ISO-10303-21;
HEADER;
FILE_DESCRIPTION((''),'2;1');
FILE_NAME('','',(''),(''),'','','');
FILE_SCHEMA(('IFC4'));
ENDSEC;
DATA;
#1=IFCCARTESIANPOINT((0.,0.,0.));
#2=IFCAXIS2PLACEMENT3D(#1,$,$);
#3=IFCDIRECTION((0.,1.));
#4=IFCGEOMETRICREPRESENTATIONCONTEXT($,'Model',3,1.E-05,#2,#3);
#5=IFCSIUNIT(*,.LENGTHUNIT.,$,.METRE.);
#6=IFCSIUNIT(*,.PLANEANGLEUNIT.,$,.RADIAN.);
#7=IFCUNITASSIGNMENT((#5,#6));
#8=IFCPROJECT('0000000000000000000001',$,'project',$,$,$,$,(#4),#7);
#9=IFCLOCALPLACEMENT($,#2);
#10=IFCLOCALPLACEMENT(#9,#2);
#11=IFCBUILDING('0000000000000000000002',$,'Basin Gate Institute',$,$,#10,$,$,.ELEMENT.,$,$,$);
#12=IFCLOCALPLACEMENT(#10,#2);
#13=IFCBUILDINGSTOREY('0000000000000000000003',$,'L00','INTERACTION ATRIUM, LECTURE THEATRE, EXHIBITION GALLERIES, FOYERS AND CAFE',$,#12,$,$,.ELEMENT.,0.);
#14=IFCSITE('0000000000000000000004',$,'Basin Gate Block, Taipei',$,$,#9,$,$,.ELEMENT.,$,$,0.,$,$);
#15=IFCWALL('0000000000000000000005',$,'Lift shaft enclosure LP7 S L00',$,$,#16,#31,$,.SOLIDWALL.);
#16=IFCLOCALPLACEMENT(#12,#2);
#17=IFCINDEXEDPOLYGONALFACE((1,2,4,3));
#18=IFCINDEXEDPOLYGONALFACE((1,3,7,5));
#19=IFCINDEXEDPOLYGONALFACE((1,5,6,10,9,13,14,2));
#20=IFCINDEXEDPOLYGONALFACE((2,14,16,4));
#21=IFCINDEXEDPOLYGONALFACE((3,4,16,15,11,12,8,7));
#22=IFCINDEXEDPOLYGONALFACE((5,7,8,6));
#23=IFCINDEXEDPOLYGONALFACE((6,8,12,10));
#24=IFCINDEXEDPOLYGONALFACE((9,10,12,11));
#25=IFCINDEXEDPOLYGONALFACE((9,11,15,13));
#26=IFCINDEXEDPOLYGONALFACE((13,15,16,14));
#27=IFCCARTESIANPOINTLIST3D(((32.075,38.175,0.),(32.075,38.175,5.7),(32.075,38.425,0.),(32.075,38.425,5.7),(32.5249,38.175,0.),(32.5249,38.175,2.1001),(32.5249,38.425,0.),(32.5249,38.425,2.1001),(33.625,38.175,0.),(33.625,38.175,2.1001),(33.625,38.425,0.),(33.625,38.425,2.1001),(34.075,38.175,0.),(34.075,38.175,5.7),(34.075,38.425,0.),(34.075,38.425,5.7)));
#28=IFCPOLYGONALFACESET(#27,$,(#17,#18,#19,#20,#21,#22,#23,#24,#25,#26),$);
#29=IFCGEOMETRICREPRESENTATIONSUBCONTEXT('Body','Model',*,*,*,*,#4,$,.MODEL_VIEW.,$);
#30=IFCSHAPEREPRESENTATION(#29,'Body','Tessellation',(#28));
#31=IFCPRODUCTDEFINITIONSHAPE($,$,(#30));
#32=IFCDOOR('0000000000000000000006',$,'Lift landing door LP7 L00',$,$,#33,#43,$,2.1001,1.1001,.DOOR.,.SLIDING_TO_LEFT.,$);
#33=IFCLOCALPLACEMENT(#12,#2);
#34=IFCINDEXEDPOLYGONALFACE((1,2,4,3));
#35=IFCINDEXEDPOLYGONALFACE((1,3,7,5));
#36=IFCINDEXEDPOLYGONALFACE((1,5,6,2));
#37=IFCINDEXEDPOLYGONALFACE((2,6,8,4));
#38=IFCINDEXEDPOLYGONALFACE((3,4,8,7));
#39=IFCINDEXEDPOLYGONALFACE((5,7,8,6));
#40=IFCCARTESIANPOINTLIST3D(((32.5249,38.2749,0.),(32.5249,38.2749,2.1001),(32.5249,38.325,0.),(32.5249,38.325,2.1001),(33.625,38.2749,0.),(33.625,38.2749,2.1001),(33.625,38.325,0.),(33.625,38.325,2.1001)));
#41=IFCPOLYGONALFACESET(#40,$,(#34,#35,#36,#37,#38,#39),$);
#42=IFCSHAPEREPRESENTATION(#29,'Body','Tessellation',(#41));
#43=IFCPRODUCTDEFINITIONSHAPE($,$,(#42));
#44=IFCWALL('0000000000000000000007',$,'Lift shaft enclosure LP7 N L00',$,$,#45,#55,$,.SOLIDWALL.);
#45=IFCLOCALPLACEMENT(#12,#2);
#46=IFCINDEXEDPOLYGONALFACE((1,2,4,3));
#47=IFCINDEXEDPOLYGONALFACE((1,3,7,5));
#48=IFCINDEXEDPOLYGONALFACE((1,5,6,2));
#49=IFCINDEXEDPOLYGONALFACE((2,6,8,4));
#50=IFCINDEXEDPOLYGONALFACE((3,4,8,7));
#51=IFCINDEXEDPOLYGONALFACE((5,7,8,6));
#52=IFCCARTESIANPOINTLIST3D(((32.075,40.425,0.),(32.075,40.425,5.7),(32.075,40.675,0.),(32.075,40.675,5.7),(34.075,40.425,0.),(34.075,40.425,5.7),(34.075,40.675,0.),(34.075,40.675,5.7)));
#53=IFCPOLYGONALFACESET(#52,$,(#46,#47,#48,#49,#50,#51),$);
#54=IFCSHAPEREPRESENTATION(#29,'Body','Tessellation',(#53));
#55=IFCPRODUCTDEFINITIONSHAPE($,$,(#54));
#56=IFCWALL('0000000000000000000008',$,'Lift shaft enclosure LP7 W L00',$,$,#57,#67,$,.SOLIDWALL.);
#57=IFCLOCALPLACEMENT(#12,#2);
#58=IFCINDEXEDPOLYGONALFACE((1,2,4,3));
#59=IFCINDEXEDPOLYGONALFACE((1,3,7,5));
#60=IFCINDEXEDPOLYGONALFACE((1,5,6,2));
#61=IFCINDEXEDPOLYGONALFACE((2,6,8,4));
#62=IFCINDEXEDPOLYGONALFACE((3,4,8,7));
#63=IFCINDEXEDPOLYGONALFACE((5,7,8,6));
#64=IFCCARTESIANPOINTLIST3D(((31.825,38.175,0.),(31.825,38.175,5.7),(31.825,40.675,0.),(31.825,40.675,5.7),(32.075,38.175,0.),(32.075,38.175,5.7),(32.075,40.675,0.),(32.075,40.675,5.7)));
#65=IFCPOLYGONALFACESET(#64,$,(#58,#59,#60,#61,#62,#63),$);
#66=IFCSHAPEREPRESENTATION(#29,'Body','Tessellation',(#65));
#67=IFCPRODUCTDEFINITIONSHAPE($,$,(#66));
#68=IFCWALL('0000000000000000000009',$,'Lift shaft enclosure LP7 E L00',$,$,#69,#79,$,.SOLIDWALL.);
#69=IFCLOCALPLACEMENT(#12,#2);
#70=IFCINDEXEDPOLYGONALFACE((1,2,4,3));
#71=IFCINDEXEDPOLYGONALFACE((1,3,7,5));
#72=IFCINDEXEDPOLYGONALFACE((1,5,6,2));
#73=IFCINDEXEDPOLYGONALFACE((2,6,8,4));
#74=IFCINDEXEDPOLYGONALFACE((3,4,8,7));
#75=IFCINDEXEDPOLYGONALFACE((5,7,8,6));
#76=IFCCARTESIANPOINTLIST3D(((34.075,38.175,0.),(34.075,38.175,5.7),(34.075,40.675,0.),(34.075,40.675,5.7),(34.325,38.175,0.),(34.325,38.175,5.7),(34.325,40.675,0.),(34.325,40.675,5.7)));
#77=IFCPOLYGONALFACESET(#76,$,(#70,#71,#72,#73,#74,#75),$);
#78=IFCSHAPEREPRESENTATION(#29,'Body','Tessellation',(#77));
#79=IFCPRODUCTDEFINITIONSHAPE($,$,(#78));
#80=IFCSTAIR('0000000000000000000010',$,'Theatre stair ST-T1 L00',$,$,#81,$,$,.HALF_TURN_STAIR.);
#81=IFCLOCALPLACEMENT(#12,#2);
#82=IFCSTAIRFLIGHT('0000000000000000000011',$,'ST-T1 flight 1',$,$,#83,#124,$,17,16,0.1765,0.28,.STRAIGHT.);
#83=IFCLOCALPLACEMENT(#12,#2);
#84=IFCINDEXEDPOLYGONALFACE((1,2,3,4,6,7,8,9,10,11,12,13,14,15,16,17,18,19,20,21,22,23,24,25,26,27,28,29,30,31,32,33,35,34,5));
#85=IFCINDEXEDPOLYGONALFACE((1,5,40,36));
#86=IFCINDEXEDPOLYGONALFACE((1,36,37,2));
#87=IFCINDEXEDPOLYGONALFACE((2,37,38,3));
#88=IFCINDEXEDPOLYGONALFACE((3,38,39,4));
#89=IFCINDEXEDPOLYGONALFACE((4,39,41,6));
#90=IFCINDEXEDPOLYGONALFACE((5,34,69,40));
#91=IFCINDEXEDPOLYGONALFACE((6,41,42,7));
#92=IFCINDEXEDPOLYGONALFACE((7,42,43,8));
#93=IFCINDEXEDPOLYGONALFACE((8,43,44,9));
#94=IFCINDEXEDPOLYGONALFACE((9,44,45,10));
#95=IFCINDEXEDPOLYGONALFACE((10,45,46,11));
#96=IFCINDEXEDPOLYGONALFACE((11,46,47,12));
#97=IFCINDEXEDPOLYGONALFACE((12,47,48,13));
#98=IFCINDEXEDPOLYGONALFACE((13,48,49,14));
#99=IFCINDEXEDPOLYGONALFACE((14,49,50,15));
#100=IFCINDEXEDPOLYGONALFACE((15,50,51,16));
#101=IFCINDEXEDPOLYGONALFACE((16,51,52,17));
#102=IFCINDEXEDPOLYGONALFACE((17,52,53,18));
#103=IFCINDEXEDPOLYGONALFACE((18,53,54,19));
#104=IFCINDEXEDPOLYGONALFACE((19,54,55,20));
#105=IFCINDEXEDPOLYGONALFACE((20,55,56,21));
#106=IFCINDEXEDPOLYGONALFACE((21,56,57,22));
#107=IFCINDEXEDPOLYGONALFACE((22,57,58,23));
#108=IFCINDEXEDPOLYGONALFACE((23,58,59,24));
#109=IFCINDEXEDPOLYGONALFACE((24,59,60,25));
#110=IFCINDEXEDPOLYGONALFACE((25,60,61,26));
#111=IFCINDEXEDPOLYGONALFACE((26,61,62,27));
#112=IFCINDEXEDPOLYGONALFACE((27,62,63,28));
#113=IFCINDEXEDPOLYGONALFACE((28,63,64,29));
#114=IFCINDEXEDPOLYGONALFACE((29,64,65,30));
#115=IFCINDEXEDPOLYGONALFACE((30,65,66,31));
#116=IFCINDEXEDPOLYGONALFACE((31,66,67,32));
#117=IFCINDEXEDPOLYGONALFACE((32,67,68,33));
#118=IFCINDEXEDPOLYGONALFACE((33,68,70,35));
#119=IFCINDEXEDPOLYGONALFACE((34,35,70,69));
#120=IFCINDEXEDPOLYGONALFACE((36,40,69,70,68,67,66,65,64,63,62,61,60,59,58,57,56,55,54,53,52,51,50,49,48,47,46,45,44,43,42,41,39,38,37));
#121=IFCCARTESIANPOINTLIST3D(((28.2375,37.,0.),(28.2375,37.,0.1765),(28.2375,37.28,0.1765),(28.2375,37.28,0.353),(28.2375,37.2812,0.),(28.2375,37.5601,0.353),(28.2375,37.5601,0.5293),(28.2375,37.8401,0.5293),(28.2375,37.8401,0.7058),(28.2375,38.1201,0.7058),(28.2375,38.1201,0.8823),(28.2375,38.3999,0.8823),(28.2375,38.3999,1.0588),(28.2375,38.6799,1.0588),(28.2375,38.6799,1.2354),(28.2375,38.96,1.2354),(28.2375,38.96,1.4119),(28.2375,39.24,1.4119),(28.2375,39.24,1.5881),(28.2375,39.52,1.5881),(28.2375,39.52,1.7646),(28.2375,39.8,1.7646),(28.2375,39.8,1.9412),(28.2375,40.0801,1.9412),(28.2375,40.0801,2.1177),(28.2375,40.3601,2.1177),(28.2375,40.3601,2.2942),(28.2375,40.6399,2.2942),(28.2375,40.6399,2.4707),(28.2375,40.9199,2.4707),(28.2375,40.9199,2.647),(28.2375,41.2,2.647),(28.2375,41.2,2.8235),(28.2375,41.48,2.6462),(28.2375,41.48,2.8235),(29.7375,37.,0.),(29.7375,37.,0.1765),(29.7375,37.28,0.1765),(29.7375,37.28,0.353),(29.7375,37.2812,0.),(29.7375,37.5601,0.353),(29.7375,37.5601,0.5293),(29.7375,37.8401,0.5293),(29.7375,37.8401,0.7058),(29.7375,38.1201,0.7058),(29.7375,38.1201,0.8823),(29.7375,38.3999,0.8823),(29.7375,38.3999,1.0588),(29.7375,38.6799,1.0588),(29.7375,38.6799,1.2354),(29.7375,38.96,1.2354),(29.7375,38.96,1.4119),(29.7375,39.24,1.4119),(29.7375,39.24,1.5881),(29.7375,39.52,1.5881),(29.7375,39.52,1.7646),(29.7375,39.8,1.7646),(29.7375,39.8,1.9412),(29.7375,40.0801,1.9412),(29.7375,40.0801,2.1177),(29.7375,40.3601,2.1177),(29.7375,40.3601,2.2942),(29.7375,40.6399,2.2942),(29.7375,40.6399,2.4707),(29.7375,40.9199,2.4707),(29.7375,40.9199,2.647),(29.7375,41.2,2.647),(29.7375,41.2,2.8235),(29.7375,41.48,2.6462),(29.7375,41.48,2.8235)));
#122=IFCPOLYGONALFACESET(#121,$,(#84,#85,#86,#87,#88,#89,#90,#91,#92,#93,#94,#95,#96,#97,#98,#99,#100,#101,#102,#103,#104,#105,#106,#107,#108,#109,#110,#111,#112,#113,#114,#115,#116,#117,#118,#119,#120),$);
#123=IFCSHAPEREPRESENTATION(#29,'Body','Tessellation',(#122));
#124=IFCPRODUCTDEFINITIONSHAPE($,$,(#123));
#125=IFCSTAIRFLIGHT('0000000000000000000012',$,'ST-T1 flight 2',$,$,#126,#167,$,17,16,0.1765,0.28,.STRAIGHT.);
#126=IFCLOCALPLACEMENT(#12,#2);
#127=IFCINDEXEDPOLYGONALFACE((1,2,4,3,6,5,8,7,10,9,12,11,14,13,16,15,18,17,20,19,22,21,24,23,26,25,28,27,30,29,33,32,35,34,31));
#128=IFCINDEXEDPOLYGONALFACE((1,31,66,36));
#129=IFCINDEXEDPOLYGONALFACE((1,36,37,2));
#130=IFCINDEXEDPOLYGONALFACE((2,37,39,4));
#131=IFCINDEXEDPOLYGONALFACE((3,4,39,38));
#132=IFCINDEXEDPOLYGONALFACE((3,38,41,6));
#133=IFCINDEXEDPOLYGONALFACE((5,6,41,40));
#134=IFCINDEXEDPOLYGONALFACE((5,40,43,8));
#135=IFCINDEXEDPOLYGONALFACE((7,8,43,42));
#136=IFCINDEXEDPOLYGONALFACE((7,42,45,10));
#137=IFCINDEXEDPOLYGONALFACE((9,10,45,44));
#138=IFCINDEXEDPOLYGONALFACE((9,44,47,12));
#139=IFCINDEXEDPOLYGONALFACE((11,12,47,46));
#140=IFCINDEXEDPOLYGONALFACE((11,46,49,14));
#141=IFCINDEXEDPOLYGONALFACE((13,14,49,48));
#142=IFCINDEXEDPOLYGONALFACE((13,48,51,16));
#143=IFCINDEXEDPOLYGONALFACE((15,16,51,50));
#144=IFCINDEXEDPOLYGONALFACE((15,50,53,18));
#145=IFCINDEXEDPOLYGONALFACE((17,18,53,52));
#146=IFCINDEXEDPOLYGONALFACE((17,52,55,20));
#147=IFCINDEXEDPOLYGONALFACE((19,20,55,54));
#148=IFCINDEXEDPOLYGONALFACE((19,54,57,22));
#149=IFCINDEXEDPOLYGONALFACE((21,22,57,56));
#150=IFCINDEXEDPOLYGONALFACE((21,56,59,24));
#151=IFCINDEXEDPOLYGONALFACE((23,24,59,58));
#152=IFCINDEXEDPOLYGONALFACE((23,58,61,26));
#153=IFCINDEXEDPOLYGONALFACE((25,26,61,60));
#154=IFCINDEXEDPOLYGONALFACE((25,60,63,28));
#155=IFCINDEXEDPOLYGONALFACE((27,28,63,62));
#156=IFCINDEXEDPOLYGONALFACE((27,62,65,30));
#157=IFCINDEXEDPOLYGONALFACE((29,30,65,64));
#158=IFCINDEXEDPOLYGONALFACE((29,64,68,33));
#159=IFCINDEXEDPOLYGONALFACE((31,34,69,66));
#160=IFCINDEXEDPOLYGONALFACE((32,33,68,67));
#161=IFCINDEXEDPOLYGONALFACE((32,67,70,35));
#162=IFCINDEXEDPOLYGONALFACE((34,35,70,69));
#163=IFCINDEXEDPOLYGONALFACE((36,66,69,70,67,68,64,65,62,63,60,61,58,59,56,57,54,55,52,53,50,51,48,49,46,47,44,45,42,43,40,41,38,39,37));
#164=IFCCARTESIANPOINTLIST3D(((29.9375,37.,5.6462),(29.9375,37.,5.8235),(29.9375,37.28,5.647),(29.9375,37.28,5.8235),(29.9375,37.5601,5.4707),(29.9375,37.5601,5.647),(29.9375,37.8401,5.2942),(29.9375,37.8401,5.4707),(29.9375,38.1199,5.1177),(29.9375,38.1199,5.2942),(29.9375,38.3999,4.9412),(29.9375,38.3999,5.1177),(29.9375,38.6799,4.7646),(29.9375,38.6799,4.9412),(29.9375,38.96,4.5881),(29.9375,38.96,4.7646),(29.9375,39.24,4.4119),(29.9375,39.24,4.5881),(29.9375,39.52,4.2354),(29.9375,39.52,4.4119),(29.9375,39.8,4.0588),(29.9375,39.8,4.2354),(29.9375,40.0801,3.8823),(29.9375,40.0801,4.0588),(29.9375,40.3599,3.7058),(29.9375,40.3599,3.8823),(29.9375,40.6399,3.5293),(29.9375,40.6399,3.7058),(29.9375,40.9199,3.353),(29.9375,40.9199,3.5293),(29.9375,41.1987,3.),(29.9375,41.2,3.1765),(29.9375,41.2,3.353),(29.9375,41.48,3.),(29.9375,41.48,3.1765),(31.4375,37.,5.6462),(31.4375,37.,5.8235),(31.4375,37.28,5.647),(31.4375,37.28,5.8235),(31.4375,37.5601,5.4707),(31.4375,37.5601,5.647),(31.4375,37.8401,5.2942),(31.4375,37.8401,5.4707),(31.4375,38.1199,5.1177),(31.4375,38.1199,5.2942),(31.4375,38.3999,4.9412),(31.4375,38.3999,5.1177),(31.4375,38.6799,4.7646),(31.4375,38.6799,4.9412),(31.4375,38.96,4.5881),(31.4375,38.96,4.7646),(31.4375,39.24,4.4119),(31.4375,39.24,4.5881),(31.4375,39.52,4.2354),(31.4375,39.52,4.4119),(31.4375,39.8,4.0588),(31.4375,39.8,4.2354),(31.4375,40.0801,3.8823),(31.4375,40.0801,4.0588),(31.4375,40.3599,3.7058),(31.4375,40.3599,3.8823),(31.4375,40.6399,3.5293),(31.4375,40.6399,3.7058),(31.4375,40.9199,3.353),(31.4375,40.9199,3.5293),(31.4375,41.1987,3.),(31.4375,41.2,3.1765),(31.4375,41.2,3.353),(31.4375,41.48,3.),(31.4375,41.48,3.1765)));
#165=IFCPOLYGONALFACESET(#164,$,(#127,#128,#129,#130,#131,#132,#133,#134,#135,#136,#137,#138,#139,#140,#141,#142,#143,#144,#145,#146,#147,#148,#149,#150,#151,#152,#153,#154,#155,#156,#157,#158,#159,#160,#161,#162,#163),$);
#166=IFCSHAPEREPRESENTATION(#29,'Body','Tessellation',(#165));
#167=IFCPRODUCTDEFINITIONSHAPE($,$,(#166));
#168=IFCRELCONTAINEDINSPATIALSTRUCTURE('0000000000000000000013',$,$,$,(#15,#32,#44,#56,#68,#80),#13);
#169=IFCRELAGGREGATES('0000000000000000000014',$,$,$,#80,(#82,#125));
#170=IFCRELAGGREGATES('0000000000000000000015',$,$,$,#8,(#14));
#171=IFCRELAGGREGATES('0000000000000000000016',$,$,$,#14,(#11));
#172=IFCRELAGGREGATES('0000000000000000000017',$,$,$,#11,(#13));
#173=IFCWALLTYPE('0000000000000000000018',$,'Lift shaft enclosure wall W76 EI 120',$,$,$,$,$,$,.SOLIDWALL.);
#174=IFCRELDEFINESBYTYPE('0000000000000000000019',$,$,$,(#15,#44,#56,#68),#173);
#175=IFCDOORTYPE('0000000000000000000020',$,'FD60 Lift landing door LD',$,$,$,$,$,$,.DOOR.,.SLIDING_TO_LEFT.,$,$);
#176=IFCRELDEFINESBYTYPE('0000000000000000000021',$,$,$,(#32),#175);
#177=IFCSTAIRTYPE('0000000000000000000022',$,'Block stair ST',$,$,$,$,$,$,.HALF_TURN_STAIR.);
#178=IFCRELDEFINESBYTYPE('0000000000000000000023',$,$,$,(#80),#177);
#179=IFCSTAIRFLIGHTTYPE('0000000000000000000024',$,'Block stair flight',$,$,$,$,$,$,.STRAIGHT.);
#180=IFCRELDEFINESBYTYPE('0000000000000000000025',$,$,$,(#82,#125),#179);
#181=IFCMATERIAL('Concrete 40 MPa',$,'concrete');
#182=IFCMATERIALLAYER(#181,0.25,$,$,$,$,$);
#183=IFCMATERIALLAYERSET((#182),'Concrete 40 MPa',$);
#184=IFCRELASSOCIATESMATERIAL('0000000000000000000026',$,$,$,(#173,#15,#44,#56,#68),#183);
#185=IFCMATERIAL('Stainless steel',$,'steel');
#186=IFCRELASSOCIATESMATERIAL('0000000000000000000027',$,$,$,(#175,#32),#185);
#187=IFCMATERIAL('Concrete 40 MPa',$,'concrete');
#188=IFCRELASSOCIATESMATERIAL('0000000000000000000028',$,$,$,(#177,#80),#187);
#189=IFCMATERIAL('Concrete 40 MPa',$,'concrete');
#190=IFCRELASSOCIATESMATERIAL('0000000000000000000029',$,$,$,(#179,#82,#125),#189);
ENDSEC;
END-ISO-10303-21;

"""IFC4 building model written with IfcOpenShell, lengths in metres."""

from ifc_helpers import new_model, si_unit, direction, frame, frame_2d, origin, place, context, subcontext, project, spatial, polyline, rectangle, outline, extrude, material, layer, layer_set, type_object, element, fill, aggregate, save


model = new_model("IFC4")

# Units and contexts
model_context = context("Model", 3, precision=1e-05, world=origin(), true_north=direction((0.0, 1.0)))
body_context = subcontext(model_context, "Body", "Model", "MODEL_VIEW")
ifc_project = project(units=[si_unit("LENGTHUNIT", "METRE"), si_unit("PLANEANGLEUNIT", "RADIAN")], contexts=[model_context])

# Site, building, storey
site_placement = place(None, origin())
site = spatial("IfcSite", under=ifc_project, at=site_placement, Name="Basin Gate Block, Taipei", CompositionType="ELEMENT", RefElevation=0.0)
building_placement = place(site_placement, origin())
building = spatial("IfcBuilding", under=site, at=building_placement, Name="Basin Gate Institute", CompositionType="ELEMENT")
storey_placement = place(building_placement, origin())
storey = spatial("IfcBuildingStorey", under=building, at=storey_placement, Name="L00", Description="INTERACTION ATRIUM, LECTURE THEATRE, EXHIBITION GALLERIES, FOYERS AND CAFE", CompositionType="ELEMENT", Elevation=0.0)

# Wall, opening, door
ifc_material_1 = material(Name="Concrete 40 MPa", Category="concrete")
ifc_layer_1 = layer(ifc_material_1, 0.25)
ifc_layer_set_1 = layer_set([ifc_layer_1], Name="Concrete 40 MPa")
wall_type_1 = type_object("IfcWallType", Name="Lift shaft enclosure wall W76 EI 120", PredefinedType="SOLIDWALL", material=ifc_layer_set_1)
wall_1_placement = place(storey_placement, frame((32.075, 38.3, 0.0), z_axis=(0.0, 0.0, 1.0), x_axis=(1.0, 0.0, 0.0)))
wall_1 = element("IfcWall", 1, at=wall_1_placement, inside=storey, type_object=wall_type_1, material=ifc_layer_set_1, Name="Lift shaft enclosure LP7 S L00", PredefinedType="SOLIDWALL", context=body_context, shape_type="SweptSolid", body=[
    extrude(rectangle(XDim=2.0, YDim=0.25, at=frame_2d((1.0, 0.0))), origin(), (0.0, 0.0, 1.0), 5.7),
])
opening_1_placement = place(wall_1_placement, frame((0.45, 0.0, 0.0)))
opening_1 = element("IfcOpeningElement", 2, at=opening_1_placement, cuts=wall_1, PredefinedType="OPENING", context=body_context, shape_type="SweptSolid", body=[
    extrude(rectangle(XDim=1.1001, YDim=2.1001, at=frame_2d((0.55, 1.05))), frame((0.0, 0.135, 0.0), z_axis=(0.0, -1.0, 0.0), x_axis=(1.0, 0.0, 0.0)), (0.0, 0.0, 1.0), 0.27),
])
ifc_material_2 = material(Name="Stainless steel", Category="steel")
door_type_1 = type_object("IfcDoorType", Name="FD60 Lift landing door LD", OperationType="SLIDING_TO_LEFT", PredefinedType="DOOR", material=ifc_material_2)
door_1_placement = place(opening_1_placement, origin())
door_1 = element("IfcDoor", 3, at=door_1_placement, inside=storey, type_object=door_type_1, material=ifc_material_2, Name="Lift landing door LP7 L00", OperationType="SLIDING_TO_LEFT", OverallHeight=2.1001, OverallWidth=1.1001, PredefinedType="DOOR", context=body_context, shape_type="SweptSolid", body=[
    extrude(rectangle(XDim=1.1001, YDim=2.1001, at=frame_2d((0.55, 1.05))), frame((0.0, 0.0249, 0.0), z_axis=(0.0, -1.0, 0.0), x_axis=(1.0, 0.0, 0.0)), (0.0, 0.0, 1.0), 0.05),
])
fill(opening_1, door_1)

# Walls
wall_2_placement = place(storey_placement, frame((32.075, 40.55, 0.0), z_axis=(0.0, 0.0, 1.0), x_axis=(1.0, 0.0, 0.0)))
element("IfcWall", 4, at=wall_2_placement, inside=storey, type_object=wall_type_1, material=ifc_layer_set_1, Name="Lift shaft enclosure LP7 N L00", PredefinedType="SOLIDWALL", context=body_context, shape_type="SweptSolid", body=[
    extrude(rectangle(XDim=2.0, YDim=0.25, at=frame_2d((1.0, 0.0))), origin(), (0.0, 0.0, 1.0), 5.7),
])
for number, where, z_axis, x_axis, name in (
    (5, (31.95, 38.175, 0.0), (0.0, 0.0, 1.0), (0.0, 1.0, 0.0), "Lift shaft enclosure LP7 W L00"),
    (6, (34.2, 38.175, 0.0), (0.0, 0.0, 1.0), (0.0, 1.0, 0.0), "Lift shaft enclosure LP7 E L00"),
):
    element("IfcWall", number, at=place(storey_placement, frame(where, z_axis=z_axis, x_axis=x_axis)), inside=storey, type_object=wall_type_1, material=ifc_layer_set_1, Name=name, PredefinedType="SOLIDWALL", context=body_context, shape_type="SweptSolid", body=[
        extrude(rectangle(XDim=2.5, YDim=0.25, at=frame_2d((1.25, 0.0))), origin(), (0.0, 0.0, 1.0), 5.7),
    ])

# Stair, stair flights
ifc_material_3 = material(Name="Concrete 40 MPa", Category="concrete")
stair_type = type_object("IfcStairType", Name="Block stair ST", PredefinedType="HALF_TURN_STAIR", material=ifc_material_3)
stair_placement = place(storey_placement, origin())
stair = element("IfcStair", 7, at=stair_placement, inside=storey, type_object=stair_type, material=ifc_material_3, Name="Theatre stair ST-T1 L00", PredefinedType="HALF_TURN_STAIR")
ifc_material_4 = material(Name="Concrete 40 MPa", Category="concrete")
stair_flight_type = type_object("IfcStairFlightType", Name="Block stair flight", PredefinedType="STRAIGHT", material=ifc_material_4)
stair_flight_1_placement = place(storey_placement, frame((28.9875, 37.0, 0.0), z_axis=(0.0, 0.0, 1.0), x_axis=(0.0, 1.0, 0.0)))
stair_flight_1 = element("IfcStairFlight", 8, at=stair_flight_1_placement, type_object=stair_flight_type, material=ifc_material_4, Name="ST-T1 flight 1", NumberOfRisers=17, NumberOfTreads=16, PredefinedType="STRAIGHT", RiserHeight=0.1765, TreadLength=0.28, context=body_context, shape_type="SweptSolid", body=[
    extrude(outline(polyline([(0.0, 0.0), (0.0, 0.1765), (0.28, 0.1765), (0.28, 0.353), (0.5601, 0.353), (0.5601, 0.5293), (0.8401, 0.5293), (0.8401, 0.7058), (1.1201, 0.7058), (1.1201, 0.8823), (1.3999, 0.8823), (1.3999, 1.0588), (1.6799, 1.0588), (1.6799, 1.2354), (1.96, 1.2354), (1.96, 1.4119), (2.24, 1.4119), (2.24, 1.5881), (2.52, 1.5881), (2.52, 1.7646), (2.8, 1.7646), (2.8, 1.9412), (3.0801, 1.9412), (3.0801, 2.1177), (3.3601, 2.1177), (3.3601, 2.2942), (3.6399, 2.2942), (3.6399, 2.4707), (3.9199, 2.4707), (3.9199, 2.647), (4.2, 2.647), (4.2, 2.8235), (4.48, 2.8235), (4.48, 3.0), (4.48, 2.6462), (0.2812, 0.0), (0.0, 0.0)])), frame((0.0, 0.75, 0.0), z_axis=(0.0, -1.0, 0.0), x_axis=(1.0, 0.0, 0.0)), (0.0, 0.0, 1.0), 1.5),
])
stair_flight_2_placement = place(storey_placement, frame((30.6875, 41.48, 3.0), z_axis=(0.0, 0.0, 1.0), x_axis=(0.0, -1.0, 0.0)))
stair_flight_2 = element("IfcStairFlight", 9, at=stair_flight_2_placement, type_object=stair_flight_type, material=ifc_material_4, Name="ST-T1 flight 2", NumberOfRisers=17, NumberOfTreads=16, PredefinedType="STRAIGHT", RiserHeight=0.1765, TreadLength=0.28, context=body_context, shape_type="SweptSolid", body=[
    extrude(outline(polyline([(0.0, 0.0), (0.0, 0.1765), (0.28, 0.1765), (0.28, 0.353), (0.5601, 0.353), (0.5601, 0.5293), (0.8401, 0.5293), (0.8401, 0.7058), (1.1201, 0.7058), (1.1201, 0.8823), (1.3999, 0.8823), (1.3999, 1.0588), (1.6799, 1.0588), (1.6799, 1.2354), (1.96, 1.2354), (1.96, 1.4119), (2.24, 1.4119), (2.24, 1.5881), (2.52, 1.5881), (2.52, 1.7646), (2.8, 1.7646), (2.8, 1.9412), (3.0801, 1.9412), (3.0801, 2.1177), (3.3601, 2.1177), (3.3601, 2.2942), (3.6399, 2.2942), (3.6399, 2.4707), (3.9199, 2.4707), (3.9199, 2.647), (4.2, 2.647), (4.2, 2.8235), (4.48, 2.8235), (4.48, 3.0), (4.48, 2.6462), (0.2812, 0.0), (0.0, 0.0)])), frame((0.0, 0.75, 0.0), z_axis=(0.0, -1.0, 0.0), x_axis=(1.0, 0.0, 0.0)), (0.0, 0.0, 1.0), 1.5),
])
aggregate(stair, [stair_flight_1, stair_flight_2])

save(model, "model.ifc")
